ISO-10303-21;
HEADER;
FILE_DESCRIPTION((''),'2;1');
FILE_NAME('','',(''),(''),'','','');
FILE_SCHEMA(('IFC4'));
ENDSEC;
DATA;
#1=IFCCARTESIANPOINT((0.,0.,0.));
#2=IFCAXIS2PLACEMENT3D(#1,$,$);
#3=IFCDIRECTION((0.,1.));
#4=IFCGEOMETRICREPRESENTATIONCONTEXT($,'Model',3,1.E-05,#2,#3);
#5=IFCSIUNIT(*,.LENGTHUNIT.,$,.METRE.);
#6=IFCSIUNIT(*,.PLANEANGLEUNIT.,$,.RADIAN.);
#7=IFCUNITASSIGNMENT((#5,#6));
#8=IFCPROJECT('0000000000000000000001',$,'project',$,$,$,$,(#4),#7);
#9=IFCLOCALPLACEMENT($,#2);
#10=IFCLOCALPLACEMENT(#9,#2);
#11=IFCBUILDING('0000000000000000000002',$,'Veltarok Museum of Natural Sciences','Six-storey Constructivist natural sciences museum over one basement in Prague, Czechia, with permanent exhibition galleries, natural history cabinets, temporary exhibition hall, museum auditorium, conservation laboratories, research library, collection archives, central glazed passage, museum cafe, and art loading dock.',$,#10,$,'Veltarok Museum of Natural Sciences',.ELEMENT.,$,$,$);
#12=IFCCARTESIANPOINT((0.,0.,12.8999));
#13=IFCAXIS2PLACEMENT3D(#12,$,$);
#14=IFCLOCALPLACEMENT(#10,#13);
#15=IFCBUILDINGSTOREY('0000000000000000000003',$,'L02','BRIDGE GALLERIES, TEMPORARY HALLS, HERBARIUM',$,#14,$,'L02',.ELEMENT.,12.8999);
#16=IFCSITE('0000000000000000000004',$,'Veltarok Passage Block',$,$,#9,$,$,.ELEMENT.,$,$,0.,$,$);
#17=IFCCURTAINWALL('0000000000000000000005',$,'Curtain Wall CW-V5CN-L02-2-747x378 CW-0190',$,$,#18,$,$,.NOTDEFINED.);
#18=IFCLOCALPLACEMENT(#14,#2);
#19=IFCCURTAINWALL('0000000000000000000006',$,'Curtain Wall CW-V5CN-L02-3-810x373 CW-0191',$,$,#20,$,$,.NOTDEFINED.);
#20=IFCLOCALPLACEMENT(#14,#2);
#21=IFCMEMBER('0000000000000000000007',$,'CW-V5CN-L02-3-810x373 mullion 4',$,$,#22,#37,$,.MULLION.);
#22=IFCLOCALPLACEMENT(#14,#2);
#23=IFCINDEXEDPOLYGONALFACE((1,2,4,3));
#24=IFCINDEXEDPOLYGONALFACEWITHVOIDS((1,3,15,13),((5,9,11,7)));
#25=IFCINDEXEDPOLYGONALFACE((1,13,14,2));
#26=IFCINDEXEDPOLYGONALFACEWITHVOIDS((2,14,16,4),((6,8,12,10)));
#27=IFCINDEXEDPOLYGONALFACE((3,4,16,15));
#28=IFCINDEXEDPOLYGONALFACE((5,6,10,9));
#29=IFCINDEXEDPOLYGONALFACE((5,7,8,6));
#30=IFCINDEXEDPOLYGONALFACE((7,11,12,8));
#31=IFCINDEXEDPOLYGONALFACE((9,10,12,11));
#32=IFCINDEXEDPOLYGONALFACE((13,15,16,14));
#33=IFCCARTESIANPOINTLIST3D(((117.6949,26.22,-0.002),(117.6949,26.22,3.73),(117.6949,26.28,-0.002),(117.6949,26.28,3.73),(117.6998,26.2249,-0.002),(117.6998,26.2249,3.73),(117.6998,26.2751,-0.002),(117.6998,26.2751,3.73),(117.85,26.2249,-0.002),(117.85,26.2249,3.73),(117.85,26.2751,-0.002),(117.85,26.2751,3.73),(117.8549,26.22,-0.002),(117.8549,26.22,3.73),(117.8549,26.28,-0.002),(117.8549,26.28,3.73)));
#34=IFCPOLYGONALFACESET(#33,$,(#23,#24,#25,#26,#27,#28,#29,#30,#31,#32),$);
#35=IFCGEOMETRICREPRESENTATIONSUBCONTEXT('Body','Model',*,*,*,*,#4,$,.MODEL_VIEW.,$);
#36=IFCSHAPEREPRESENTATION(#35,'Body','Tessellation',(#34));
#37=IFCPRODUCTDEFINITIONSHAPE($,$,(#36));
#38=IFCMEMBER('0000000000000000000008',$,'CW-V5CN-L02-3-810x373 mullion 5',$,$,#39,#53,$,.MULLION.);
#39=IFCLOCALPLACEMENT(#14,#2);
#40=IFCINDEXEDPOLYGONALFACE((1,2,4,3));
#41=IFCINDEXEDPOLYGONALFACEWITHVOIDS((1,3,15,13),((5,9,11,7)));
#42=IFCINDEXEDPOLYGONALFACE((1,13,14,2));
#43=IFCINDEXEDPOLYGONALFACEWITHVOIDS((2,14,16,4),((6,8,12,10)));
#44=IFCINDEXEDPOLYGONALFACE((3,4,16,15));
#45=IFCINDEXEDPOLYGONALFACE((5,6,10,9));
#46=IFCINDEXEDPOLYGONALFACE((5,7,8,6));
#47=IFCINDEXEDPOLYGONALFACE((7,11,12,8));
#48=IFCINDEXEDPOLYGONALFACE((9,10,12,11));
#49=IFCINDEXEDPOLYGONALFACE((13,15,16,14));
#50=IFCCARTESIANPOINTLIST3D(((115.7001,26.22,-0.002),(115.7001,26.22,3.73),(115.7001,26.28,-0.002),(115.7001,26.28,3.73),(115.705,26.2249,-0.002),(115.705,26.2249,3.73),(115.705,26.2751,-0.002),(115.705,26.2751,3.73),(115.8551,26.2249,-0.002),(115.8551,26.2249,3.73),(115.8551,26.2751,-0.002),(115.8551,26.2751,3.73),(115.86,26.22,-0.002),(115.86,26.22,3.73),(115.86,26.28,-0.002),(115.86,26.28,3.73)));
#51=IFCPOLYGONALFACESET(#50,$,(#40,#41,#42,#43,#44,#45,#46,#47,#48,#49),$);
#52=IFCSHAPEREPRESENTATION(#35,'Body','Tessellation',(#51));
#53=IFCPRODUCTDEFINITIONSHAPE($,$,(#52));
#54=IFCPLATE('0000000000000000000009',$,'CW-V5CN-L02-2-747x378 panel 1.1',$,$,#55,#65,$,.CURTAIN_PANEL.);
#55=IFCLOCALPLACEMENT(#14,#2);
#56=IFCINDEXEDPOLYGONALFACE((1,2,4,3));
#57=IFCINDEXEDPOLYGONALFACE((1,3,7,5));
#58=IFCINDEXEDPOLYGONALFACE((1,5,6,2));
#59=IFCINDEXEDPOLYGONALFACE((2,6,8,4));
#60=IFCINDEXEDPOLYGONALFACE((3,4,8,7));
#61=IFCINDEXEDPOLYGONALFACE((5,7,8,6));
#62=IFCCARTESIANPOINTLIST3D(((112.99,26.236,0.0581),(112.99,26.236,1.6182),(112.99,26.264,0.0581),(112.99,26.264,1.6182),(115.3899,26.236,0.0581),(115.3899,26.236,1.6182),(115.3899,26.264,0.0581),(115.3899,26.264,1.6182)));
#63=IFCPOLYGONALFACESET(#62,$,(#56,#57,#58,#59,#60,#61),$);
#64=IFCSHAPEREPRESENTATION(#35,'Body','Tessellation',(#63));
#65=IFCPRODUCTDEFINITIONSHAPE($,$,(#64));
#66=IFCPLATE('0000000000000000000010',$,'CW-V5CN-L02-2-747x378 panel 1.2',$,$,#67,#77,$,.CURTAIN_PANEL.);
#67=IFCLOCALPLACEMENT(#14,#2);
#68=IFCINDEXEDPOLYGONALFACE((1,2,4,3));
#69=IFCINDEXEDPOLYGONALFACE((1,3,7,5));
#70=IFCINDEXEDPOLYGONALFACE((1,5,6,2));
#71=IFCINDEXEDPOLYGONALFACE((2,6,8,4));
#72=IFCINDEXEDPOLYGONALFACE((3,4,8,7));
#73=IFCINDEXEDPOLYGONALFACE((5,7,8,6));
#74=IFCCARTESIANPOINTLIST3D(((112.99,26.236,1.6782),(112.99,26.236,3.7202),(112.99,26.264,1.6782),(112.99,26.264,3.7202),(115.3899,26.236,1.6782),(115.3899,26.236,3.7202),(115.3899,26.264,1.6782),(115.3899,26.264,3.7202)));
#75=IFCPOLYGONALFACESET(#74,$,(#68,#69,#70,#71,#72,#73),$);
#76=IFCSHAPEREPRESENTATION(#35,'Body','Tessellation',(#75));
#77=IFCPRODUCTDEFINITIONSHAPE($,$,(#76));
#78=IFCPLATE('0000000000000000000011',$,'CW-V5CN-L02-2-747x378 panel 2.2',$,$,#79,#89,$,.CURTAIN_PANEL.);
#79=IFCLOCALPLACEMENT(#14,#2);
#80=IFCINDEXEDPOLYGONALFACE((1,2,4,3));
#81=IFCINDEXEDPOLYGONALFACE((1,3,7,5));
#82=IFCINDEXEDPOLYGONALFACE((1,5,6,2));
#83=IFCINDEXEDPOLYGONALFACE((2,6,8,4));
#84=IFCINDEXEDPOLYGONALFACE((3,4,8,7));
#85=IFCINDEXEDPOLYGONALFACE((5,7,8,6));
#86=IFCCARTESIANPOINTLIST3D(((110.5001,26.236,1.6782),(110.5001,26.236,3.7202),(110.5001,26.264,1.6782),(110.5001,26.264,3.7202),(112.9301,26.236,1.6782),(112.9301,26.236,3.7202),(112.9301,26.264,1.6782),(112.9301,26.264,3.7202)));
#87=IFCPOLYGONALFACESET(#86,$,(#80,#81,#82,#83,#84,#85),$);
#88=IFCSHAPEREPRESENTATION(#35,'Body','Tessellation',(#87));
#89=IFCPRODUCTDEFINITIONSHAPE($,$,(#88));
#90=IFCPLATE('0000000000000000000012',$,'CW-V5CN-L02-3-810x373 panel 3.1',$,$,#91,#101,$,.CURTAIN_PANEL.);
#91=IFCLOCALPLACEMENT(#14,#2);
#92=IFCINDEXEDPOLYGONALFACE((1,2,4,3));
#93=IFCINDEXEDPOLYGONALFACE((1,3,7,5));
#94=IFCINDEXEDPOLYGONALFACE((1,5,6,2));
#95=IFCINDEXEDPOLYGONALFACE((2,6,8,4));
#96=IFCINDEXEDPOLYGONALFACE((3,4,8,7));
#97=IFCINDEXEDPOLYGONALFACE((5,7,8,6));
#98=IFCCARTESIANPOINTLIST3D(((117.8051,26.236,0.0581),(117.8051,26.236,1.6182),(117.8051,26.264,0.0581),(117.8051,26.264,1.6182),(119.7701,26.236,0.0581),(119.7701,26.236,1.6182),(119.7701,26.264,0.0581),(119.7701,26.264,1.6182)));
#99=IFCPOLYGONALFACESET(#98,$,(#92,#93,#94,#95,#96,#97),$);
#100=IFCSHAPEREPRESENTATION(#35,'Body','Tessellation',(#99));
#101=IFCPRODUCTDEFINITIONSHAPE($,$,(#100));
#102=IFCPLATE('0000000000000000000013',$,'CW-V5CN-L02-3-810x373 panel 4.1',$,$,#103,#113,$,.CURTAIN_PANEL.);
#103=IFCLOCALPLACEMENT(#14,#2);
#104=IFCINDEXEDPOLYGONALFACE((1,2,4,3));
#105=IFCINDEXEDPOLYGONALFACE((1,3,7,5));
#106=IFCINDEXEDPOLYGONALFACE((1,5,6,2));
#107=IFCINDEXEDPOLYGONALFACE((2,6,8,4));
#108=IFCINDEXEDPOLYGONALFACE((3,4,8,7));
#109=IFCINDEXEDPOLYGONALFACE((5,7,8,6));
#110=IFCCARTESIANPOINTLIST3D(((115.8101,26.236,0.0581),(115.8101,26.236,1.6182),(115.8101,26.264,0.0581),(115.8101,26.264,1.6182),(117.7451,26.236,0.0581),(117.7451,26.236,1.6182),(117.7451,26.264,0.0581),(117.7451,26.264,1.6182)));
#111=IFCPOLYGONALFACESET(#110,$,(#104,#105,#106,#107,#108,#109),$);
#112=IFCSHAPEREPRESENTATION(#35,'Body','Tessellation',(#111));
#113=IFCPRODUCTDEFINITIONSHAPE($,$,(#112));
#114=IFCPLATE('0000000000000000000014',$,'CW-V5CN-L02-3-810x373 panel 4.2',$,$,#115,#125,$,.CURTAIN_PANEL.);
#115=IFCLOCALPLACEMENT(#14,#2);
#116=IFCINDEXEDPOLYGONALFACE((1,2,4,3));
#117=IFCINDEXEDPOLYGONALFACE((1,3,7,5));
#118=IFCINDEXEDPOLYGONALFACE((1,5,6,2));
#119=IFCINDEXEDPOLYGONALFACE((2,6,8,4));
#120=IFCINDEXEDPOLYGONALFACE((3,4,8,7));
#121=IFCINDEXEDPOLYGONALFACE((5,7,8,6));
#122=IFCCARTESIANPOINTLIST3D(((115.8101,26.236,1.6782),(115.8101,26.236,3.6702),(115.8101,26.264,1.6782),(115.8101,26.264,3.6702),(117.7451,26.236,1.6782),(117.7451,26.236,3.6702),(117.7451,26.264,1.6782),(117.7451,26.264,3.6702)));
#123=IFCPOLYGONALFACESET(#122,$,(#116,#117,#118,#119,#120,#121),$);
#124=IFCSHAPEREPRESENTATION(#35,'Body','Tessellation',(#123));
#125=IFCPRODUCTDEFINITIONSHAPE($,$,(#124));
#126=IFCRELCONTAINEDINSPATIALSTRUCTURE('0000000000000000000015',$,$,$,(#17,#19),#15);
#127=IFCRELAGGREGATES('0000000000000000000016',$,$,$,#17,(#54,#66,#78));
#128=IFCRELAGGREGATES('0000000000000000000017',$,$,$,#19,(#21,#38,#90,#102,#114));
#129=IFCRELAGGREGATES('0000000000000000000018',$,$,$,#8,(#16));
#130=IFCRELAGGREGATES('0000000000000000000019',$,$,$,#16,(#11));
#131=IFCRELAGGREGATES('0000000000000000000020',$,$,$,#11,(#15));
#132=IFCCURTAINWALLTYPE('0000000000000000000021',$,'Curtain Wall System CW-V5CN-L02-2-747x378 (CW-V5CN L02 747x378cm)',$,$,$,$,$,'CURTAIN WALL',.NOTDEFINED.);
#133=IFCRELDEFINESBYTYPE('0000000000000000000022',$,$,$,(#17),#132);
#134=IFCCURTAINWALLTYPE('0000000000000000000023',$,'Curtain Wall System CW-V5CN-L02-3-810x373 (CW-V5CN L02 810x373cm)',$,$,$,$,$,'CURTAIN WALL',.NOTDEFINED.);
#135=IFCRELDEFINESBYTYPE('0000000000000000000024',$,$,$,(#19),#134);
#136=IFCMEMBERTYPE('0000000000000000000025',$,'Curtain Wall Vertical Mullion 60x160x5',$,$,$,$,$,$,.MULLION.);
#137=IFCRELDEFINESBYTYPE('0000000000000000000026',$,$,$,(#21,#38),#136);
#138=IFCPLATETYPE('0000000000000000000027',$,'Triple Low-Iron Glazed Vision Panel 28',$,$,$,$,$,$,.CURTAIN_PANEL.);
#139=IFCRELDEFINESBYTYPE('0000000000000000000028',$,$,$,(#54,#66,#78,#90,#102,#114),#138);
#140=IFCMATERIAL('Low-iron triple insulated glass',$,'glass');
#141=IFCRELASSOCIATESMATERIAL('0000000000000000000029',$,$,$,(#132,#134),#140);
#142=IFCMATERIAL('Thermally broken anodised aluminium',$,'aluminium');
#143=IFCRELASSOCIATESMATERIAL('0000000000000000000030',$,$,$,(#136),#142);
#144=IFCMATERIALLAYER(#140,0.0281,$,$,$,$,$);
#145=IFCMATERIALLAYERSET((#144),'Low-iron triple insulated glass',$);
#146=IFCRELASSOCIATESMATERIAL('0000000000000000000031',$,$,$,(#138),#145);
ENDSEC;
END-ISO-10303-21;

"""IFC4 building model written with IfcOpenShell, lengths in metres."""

from ifc_helpers import new_model, si_unit, direction, frame, origin, origin_2d, place, context, subcontext, project, spatial, rectangle, hollow_rectangle, extrude, material, layer, layer_set, material_profile, profile_set, type_object, element, aggregate, save


model = new_model("IFC4")

# Units and contexts
model_context = context("Model", 3, precision=1e-05, world=origin(), true_north=direction((0.0, 1.0)))
body_context = subcontext(model_context, "Body", "Model", "MODEL_VIEW")
ifc_project = project(units=[si_unit("LENGTHUNIT", "METRE"), si_unit("PLANEANGLEUNIT", "RADIAN")], contexts=[model_context])

# Site, building, storey
site_placement = place(None, origin())
site = spatial("IfcSite", under=ifc_project, at=site_placement, Name="Veltarok Passage Block", CompositionType="ELEMENT", RefElevation=0.0)
building_placement = place(site_placement, origin())
building = spatial("IfcBuilding", under=site, at=building_placement, Name="Veltarok Museum of Natural Sciences", Description="Six-storey Constructivist natural sciences museum over one basement in Prague, Czechia, with permanent exhibition galleries, natural history cabinets, temporary exhibition hall, museum auditorium, conservation laboratories, research library, collection archives, central glazed passage, museum cafe, and art loading dock.", LongName="Veltarok Museum of Natural Sciences", CompositionType="ELEMENT")
storey_placement = place(building_placement, frame((0.0, 0.0, 12.8999)))
storey = spatial("IfcBuildingStorey", under=building, at=storey_placement, Name="L02", Description="BRIDGE GALLERIES, TEMPORARY HALLS, HERBARIUM", LongName="L02", CompositionType="ELEMENT", Elevation=12.8999)

# Curtain walls
ifc_material_1 = material(Name="Low-iron triple insulated glass", Category="glass")
curtain_wall_type_1 = type_object("IfcCurtainWallType", Name="Curtain Wall System CW-V5CN-L02-2-747x378 (CW-V5CN L02 747x378cm)", ElementType="CURTAIN WALL", PredefinedType="NOTDEFINED", material=ifc_material_1)
curtain_wall_1_placement = place(storey_placement, origin())
curtain_wall_1 = element("IfcCurtainWall", 1, at=curtain_wall_1_placement, inside=storey, type_object=curtain_wall_type_1, Name="Curtain Wall CW-V5CN-L02-2-747x378 CW-0190", PredefinedType="NOTDEFINED")
ifc_material_2 = material(Name="Thermally broken anodised aluminium", Category="aluminium")
curtain_wall_type_2 = type_object("IfcCurtainWallType", Name="Curtain Wall System CW-V5CN-L02-3-810x373 (CW-V5CN L02 810x373cm)", ElementType="CURTAIN WALL", PredefinedType="NOTDEFINED", material=ifc_material_1)
curtain_wall_2_placement = place(storey_placement, origin())
curtain_wall_2 = element("IfcCurtainWall", 2, at=curtain_wall_2_placement, inside=storey, type_object=curtain_wall_type_2, Name="Curtain Wall CW-V5CN-L02-3-810x373 CW-0191", PredefinedType="NOTDEFINED")

# Members
ifc_material_profile_1 = material_profile(ifc_material_2, hollow_rectangle(XDim=0.0601, YDim=0.1599, WallThickness=0.0049, at=origin_2d()), Name="CW MULLION 60x160x5")
ifc_profile_set_1 = profile_set([ifc_material_profile_1], Name="Thermally broken anodised aluminium")
member_type_1 = type_object("IfcMemberType", Name="Curtain Wall Vertical Mullion 60x160x5", PredefinedType="MULLION", material=ifc_profile_set_1)
member_1_placement = place(storey_placement, frame((117.7749, 26.25, -0.002), z_axis=(0.0, 0.0, 1.0), x_axis=(0.0, -1.0, 0.0)))
member_1 = element("IfcMember", 3, at=member_1_placement, type_object=member_type_1, Name="CW-V5CN-L02-3-810x373 mullion 4", PredefinedType="MULLION", context=body_context, shape_type="SweptSolid", body=[
    extrude(hollow_rectangle(XDim=0.0601, YDim=0.1599, WallThickness=0.0049, at=origin_2d()), origin(), (0.0, 0.0, 1.0), 3.7319),
])
member_2_placement = place(storey_placement, frame((115.78, 26.25, -0.002), z_axis=(0.0, 0.0, 1.0), x_axis=(0.0, -1.0, 0.0)))
member_2 = element("IfcMember", 4, at=member_2_placement, type_object=member_type_1, Name="CW-V5CN-L02-3-810x373 mullion 5", PredefinedType="MULLION", context=body_context, shape_type="SweptSolid", body=[
    extrude(hollow_rectangle(XDim=0.0601, YDim=0.1599, WallThickness=0.0049, at=origin_2d()), origin(), (0.0, 0.0, 1.0), 3.7319),
])

# Plates
ifc_layer = layer(ifc_material_1, 0.0281)
ifc_layer_set = layer_set([ifc_layer], Name="Low-iron triple insulated glass")
plate_type = type_object("IfcPlateType", Name="Triple Low-Iron Glazed Vision Panel 28", PredefinedType="CURTAIN_PANEL", material=ifc_layer_set)
plate_1_placement = place(storey_placement, frame((114.1899, 26.25, 0.0581), z_axis=(0.0, 0.0, 1.0), x_axis=(-1.0, 0.0, 0.0)))
plate_1 = element("IfcPlate", 5, at=plate_1_placement, type_object=plate_type, Name="CW-V5CN-L02-2-747x378 panel 1.1", PredefinedType="CURTAIN_PANEL", context=body_context, shape_type="SweptSolid", body=[
    extrude(rectangle(XDim=2.3999, YDim=0.0281, at=origin_2d()), origin(), (0.0, 0.0, 1.0), 1.5601),
])
plate_2_placement = place(storey_placement, frame((114.1899, 26.25, 1.6782), z_axis=(0.0, 0.0, 1.0), x_axis=(-1.0, 0.0, 0.0)))
plate_2 = element("IfcPlate", 6, at=plate_2_placement, type_object=plate_type, Name="CW-V5CN-L02-2-747x378 panel 1.2", PredefinedType="CURTAIN_PANEL", context=body_context, shape_type="SweptSolid", body=[
    extrude(rectangle(XDim=2.3999, YDim=0.0281, at=origin_2d()), origin(), (0.0, 0.0, 1.0), 2.042),
])
plate_3_placement = place(storey_placement, frame((111.7151, 26.25, 1.6782), z_axis=(0.0, 0.0, 1.0), x_axis=(-1.0, 0.0, 0.0)))
plate_3 = element("IfcPlate", 7, at=plate_3_placement, type_object=plate_type, Name="CW-V5CN-L02-2-747x378 panel 2.2", PredefinedType="CURTAIN_PANEL", context=body_context, shape_type="SweptSolid", body=[
    extrude(rectangle(XDim=2.4299, YDim=0.0281, at=origin_2d()), origin(), (0.0, 0.0, 1.0), 2.042),
])
aggregate(curtain_wall_1, [plate_1, plate_2, plate_3])
plate_4_placement = place(storey_placement, frame((118.7876, 26.25, 0.0581), z_axis=(0.0, 0.0, 1.0), x_axis=(-1.0, 0.0, 0.0)))
plate_4 = element("IfcPlate", 8, at=plate_4_placement, type_object=plate_type, Name="CW-V5CN-L02-3-810x373 panel 3.1", PredefinedType="CURTAIN_PANEL", context=body_context, shape_type="SweptSolid", body=[
    extrude(rectangle(XDim=1.9651, YDim=0.0281, at=origin_2d()), origin(), (0.0, 0.0, 1.0), 1.5601),
])
plate_5_placement = place(storey_placement, frame((116.7776, 26.25, 0.0581), z_axis=(0.0, 0.0, 1.0), x_axis=(-1.0, 0.0, 0.0)))
plate_5 = element("IfcPlate", 9, at=plate_5_placement, type_object=plate_type, Name="CW-V5CN-L02-3-810x373 panel 4.1", PredefinedType="CURTAIN_PANEL", context=body_context, shape_type="SweptSolid", body=[
    extrude(rectangle(XDim=1.9351, YDim=0.0281, at=origin_2d()), origin(), (0.0, 0.0, 1.0), 1.5601),
])
plate_6_placement = place(storey_placement, frame((116.7776, 26.25, 1.6782), z_axis=(0.0, 0.0, 1.0), x_axis=(-1.0, 0.0, 0.0)))
plate_6 = element("IfcPlate", 10, at=plate_6_placement, type_object=plate_type, Name="CW-V5CN-L02-3-810x373 panel 4.2", PredefinedType="CURTAIN_PANEL", context=body_context, shape_type="SweptSolid", body=[
    extrude(rectangle(XDim=1.9351, YDim=0.0281, at=origin_2d()), origin(), (0.0, 0.0, 1.0), 1.9919),
])
aggregate(curtain_wall_2, [member_1, member_2, plate_4, plate_5, plate_6])

save(model, "model.ifc")
